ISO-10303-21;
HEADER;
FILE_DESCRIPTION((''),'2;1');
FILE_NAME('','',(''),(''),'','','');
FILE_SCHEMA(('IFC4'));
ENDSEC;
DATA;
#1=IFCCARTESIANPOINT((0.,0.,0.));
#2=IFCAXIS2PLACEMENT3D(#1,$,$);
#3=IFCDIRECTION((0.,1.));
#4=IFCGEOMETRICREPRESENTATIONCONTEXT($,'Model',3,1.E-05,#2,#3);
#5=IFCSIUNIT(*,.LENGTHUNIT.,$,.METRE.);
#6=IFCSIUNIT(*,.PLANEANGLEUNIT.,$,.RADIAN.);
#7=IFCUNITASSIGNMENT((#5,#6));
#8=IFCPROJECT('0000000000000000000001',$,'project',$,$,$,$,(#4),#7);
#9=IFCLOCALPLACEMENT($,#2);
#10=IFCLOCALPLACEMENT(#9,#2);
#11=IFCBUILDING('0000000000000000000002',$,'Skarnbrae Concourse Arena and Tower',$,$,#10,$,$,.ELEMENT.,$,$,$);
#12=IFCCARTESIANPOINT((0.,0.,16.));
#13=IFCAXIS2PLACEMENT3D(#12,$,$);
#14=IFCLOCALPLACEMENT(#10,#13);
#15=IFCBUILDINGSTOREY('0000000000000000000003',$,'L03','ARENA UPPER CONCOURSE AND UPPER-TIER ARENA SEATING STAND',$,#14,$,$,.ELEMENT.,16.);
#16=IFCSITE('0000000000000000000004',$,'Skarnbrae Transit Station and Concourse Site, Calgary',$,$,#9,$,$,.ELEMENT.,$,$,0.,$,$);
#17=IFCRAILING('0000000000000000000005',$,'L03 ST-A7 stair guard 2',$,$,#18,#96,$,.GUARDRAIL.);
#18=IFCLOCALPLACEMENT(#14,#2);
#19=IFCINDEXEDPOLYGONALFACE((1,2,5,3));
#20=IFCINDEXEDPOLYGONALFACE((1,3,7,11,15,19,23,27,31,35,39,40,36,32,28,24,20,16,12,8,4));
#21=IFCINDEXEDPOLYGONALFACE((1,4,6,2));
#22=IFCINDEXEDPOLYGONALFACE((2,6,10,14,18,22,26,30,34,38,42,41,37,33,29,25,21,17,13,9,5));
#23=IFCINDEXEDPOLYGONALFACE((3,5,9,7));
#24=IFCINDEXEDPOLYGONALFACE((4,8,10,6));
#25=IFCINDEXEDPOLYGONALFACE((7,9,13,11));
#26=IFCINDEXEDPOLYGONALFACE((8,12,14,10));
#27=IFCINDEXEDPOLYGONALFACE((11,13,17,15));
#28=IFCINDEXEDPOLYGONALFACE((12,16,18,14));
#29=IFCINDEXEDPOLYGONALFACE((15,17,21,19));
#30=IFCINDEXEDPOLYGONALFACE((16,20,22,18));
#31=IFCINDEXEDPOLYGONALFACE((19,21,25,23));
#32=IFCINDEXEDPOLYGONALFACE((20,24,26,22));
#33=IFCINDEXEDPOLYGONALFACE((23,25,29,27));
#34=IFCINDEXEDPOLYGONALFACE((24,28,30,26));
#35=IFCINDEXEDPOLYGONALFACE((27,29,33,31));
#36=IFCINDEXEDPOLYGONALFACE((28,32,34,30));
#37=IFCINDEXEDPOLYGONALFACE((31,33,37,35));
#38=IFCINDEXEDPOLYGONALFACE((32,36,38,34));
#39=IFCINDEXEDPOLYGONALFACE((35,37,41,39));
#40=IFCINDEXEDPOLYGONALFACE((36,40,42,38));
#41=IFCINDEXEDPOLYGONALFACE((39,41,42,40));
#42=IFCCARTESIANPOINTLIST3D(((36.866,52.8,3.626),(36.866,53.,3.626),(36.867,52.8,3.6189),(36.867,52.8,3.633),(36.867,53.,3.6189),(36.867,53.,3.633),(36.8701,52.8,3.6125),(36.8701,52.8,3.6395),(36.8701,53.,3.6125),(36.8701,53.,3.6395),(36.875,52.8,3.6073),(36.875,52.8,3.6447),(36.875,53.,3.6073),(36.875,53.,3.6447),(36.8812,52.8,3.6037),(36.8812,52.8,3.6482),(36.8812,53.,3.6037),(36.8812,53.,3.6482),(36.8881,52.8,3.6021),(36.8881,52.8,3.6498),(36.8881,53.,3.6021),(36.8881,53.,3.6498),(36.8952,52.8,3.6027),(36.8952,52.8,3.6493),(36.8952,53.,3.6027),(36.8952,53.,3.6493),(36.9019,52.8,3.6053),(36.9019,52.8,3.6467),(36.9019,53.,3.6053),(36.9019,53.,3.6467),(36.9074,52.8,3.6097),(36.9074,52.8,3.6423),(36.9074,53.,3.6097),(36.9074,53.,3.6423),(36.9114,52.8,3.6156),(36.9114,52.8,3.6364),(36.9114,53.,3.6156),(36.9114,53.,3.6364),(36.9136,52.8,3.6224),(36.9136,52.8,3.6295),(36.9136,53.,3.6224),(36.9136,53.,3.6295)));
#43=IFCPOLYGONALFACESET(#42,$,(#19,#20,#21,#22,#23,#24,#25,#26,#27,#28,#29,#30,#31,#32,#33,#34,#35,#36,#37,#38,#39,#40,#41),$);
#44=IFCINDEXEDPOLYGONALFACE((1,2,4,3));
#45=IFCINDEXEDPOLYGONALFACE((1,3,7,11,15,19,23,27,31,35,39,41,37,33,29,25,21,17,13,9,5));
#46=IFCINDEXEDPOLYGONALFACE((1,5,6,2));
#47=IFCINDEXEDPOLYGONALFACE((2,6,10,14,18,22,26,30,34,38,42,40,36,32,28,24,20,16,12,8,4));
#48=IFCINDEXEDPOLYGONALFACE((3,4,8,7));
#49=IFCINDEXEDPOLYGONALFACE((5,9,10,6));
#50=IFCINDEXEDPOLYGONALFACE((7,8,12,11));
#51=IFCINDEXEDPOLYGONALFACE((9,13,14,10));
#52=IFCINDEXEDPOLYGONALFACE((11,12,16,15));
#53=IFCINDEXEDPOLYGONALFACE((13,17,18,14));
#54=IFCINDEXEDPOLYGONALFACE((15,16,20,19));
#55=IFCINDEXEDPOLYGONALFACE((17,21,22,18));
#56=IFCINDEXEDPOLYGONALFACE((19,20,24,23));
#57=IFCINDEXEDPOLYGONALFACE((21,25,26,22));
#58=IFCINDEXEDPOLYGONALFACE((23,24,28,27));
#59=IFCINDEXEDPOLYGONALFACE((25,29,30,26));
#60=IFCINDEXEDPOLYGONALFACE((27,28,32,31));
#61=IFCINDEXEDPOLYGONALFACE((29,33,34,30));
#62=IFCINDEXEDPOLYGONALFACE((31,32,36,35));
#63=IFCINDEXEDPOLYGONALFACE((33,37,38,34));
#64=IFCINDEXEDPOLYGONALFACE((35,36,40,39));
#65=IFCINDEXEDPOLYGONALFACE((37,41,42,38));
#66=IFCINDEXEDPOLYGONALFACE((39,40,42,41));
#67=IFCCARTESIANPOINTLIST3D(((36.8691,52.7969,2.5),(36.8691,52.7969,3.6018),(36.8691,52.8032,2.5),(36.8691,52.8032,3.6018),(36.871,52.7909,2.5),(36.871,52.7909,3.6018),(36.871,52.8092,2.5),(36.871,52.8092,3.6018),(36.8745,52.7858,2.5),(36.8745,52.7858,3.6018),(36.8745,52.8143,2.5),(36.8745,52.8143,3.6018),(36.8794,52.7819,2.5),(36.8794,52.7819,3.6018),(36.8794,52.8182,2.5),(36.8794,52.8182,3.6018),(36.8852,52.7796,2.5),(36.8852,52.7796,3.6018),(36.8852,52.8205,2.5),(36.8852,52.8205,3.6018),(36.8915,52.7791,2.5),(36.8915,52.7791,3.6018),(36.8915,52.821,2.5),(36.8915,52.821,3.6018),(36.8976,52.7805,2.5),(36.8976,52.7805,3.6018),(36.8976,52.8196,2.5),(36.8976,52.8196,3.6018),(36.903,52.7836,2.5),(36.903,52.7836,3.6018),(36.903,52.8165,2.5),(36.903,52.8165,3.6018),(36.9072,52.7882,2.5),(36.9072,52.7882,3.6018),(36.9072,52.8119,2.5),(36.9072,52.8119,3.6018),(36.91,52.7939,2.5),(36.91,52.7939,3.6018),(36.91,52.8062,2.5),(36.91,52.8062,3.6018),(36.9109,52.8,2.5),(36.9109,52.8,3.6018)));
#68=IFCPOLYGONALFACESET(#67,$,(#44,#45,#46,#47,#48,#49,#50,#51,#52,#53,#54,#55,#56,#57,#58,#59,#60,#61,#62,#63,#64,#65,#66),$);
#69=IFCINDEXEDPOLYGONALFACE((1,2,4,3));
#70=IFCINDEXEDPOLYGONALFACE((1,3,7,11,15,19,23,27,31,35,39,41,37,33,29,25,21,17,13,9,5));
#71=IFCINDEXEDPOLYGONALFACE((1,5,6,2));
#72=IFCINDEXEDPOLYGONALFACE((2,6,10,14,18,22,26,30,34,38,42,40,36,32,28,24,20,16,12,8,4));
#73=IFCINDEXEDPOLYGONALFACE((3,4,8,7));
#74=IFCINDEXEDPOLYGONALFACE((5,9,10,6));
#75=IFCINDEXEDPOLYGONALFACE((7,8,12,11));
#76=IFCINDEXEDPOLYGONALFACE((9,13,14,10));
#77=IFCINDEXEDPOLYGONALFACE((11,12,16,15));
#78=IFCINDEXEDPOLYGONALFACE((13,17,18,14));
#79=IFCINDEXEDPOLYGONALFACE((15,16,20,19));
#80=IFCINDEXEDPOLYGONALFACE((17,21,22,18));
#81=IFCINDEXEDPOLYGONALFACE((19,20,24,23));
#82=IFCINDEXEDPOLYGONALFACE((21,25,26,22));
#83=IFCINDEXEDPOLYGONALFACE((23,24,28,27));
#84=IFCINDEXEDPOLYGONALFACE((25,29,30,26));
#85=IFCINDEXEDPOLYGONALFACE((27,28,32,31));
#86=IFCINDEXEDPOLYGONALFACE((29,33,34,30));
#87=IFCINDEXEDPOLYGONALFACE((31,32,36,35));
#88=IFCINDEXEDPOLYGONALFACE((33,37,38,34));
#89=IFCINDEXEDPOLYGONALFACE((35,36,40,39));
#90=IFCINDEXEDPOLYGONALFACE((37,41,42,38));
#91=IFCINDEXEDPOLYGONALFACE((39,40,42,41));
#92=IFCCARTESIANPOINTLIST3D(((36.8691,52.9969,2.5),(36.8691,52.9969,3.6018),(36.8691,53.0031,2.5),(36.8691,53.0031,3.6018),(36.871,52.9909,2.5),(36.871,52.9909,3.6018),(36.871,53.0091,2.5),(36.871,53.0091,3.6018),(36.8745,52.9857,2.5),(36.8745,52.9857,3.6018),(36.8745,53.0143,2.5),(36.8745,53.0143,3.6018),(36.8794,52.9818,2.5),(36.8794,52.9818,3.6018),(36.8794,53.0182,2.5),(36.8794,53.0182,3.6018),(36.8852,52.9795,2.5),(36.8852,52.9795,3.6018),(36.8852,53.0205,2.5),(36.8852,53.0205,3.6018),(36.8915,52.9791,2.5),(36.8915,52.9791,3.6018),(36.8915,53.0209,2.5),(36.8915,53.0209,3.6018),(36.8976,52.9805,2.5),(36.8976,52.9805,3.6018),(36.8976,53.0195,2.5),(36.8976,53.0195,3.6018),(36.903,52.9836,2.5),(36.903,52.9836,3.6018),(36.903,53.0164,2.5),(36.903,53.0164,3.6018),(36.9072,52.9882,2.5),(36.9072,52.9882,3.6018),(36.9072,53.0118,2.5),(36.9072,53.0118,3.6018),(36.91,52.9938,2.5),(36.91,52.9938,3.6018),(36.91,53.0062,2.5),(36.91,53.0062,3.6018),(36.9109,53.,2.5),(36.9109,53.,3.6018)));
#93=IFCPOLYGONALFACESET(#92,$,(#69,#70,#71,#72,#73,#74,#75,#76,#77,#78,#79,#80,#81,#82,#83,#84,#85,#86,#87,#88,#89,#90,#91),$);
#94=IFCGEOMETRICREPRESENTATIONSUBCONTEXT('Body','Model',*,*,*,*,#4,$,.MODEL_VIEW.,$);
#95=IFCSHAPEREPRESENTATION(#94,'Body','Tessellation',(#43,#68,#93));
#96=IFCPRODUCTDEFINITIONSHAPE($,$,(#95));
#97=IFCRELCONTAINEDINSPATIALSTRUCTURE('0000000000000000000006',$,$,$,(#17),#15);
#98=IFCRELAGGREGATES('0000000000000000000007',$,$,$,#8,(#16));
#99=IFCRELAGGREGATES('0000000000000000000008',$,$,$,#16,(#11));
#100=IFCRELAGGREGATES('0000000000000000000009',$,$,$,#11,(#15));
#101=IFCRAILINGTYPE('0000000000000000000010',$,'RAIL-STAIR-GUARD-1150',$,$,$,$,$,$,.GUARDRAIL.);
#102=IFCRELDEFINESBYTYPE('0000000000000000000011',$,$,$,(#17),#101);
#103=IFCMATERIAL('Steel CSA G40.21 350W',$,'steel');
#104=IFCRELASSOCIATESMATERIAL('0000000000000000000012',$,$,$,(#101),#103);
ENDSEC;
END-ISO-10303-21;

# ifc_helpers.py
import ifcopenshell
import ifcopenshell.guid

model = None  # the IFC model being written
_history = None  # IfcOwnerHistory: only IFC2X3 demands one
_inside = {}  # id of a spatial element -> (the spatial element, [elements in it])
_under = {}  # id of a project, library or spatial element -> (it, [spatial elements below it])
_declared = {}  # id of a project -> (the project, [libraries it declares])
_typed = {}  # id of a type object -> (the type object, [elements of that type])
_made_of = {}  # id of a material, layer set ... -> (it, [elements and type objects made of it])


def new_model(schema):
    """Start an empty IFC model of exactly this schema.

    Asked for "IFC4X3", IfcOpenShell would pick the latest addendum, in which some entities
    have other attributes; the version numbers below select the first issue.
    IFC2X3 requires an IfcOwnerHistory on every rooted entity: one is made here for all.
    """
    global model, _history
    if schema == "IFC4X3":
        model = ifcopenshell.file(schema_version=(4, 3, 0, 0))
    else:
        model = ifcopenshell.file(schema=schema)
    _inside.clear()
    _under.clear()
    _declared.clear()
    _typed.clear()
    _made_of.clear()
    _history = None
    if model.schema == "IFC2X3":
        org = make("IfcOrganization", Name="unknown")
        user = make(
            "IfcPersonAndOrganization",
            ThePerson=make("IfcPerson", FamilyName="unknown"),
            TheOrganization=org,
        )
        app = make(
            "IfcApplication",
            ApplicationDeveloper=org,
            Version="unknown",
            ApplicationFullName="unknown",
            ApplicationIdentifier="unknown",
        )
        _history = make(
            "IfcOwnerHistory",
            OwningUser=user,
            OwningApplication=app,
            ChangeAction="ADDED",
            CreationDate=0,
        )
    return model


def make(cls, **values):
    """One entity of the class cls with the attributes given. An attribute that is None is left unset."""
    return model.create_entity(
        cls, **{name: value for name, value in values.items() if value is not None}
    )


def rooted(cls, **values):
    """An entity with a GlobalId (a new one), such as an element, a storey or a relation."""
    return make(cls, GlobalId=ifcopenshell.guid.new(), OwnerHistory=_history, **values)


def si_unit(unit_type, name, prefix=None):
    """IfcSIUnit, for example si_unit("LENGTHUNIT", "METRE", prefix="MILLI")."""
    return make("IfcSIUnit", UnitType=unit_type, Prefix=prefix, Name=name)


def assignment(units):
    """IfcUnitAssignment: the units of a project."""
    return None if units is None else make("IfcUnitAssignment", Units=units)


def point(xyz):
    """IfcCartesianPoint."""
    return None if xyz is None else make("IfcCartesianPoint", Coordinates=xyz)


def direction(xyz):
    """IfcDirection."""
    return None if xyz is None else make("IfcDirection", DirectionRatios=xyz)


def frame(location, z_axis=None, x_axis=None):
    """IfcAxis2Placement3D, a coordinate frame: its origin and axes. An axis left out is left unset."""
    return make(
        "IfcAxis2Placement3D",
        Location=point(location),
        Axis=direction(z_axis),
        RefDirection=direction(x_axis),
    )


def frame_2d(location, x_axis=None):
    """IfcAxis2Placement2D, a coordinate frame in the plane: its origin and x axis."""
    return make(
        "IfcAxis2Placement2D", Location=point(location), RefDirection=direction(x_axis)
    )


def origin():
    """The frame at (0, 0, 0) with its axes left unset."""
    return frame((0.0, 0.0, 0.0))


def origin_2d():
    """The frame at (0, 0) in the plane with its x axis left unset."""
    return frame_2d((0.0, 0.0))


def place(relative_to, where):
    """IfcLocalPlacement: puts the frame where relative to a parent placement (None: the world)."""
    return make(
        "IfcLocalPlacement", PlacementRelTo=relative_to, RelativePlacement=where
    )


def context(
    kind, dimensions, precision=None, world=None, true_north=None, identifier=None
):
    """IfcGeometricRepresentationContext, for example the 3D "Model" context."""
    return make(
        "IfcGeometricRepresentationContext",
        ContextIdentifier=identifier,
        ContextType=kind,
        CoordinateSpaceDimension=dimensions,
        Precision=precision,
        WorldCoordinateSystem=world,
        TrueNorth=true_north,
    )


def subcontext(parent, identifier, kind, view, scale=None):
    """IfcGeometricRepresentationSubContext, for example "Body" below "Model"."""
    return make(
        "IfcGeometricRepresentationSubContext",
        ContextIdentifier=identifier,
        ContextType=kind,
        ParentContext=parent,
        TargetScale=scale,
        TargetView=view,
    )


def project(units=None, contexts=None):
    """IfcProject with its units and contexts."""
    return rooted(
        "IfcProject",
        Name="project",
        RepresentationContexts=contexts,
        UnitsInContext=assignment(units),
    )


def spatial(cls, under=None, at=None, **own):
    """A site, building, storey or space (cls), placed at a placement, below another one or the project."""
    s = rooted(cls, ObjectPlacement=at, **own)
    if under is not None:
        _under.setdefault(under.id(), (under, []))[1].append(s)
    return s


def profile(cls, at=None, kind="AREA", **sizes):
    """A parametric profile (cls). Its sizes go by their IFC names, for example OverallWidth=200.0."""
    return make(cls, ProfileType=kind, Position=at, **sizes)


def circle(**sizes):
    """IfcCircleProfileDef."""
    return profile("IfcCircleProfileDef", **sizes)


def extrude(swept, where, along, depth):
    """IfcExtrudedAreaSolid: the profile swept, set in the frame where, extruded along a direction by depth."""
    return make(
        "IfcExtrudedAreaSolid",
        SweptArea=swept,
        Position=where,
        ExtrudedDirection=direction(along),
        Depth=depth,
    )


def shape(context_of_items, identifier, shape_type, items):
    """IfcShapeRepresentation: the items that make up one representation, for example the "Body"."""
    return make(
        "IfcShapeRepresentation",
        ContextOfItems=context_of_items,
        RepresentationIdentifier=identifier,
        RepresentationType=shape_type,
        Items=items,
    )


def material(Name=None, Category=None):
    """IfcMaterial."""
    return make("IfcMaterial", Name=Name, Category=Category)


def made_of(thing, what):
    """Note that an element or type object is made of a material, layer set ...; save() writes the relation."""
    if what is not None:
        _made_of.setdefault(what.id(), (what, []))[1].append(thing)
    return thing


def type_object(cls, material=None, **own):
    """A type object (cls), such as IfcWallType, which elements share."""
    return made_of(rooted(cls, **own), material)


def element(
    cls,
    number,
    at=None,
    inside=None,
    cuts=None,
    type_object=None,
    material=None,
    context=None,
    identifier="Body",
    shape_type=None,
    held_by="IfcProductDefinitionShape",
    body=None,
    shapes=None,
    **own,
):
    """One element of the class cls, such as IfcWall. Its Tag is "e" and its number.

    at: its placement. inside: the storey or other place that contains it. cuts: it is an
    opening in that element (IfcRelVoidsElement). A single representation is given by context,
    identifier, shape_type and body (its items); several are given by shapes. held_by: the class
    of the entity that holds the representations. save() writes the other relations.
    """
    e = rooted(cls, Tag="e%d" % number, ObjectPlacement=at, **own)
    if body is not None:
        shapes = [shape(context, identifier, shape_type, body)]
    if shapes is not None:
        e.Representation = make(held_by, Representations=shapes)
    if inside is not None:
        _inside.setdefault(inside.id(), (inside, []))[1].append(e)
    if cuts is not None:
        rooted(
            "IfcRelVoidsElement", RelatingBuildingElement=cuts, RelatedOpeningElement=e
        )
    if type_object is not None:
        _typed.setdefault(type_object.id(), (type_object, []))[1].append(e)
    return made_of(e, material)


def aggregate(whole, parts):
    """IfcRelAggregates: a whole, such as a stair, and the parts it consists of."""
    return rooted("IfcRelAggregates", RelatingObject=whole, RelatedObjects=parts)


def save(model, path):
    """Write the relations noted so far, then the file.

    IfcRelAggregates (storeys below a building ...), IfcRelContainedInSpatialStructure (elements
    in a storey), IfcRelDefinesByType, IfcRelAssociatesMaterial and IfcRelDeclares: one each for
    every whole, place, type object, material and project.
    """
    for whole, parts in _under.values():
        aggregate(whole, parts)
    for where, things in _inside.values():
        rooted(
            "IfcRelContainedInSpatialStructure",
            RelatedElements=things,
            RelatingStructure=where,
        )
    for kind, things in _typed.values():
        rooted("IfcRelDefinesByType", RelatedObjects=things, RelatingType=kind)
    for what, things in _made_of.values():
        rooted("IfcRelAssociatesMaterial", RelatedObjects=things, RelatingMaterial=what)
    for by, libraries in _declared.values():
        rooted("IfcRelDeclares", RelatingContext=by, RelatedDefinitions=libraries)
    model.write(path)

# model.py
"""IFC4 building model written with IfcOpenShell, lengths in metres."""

from ifc_helpers import new_model, si_unit, direction, frame, origin, origin_2d, place, context, subcontext, project, spatial, circle, extrude, material, type_object, element, save


model = new_model("IFC4")

# Units and contexts
model_context = context("Model", 3, precision=1e-05, world=origin(), true_north=direction((0.0, 1.0)))
body_context = subcontext(model_context, "Body", "Model", "MODEL_VIEW")
ifc_project = project(units=[si_unit("LENGTHUNIT", "METRE"), si_unit("PLANEANGLEUNIT", "RADIAN")], contexts=[model_context])

# Site, building, storey
site_placement = place(None, origin())
site = spatial("IfcSite", under=ifc_project, at=site_placement, Name="Skarnbrae Transit Station and Concourse Site, Calgary", CompositionType="ELEMENT", RefElevation=0.0)
building_placement = place(site_placement, origin())
building = spatial("IfcBuilding", under=site, at=building_placement, Name="Skarnbrae Concourse Arena and Tower", CompositionType="ELEMENT")
storey_placement = place(building_placement, frame((0.0, 0.0, 16.0)))
storey = spatial("IfcBuildingStorey", under=building, at=storey_placement, Name="L03", Description="ARENA UPPER CONCOURSE AND UPPER-TIER ARENA SEATING STAND", CompositionType="ELEMENT", Elevation=16.0)

# Shared definitions
ifc_material_1 = material(Name="Steel CSA G40.21 350W", Category="steel")

# Railing
railing_type_1 = type_object("IfcRailingType", Name="RAIL-STAIR-GUARD-1150", PredefinedType="GUARDRAIL", material=ifc_material_1)
railing_1_placement = place(storey_placement, frame((36.8899, 52.8, 2.5)))
element("IfcRailing", 1, at=railing_1_placement, inside=storey, type_object=railing_type_1, Name="L03 ST-A7 stair guard 2", PredefinedType="GUARDRAIL", context=body_context, shape_type="SweptSolid", body=[
    extrude(circle(Radius=0.0239, at=origin_2d()), frame((0.0, 0.0, 1.126), z_axis=(0.0, 1.0, 0.0), x_axis=(-1.0, 0.0, 0.0)), (0.0, 0.0, 1.0), 0.2),
    extrude(circle(Radius=0.021, at=origin_2d()), origin(), (0.0, 0.0, 1.0), 1.1018),
    extrude(circle(Radius=0.021, at=origin_2d()), frame((0.0, 0.2, 0.0)), (0.0, 0.0, 1.0), 1.1018),
])

save(model, "model.ifc")
